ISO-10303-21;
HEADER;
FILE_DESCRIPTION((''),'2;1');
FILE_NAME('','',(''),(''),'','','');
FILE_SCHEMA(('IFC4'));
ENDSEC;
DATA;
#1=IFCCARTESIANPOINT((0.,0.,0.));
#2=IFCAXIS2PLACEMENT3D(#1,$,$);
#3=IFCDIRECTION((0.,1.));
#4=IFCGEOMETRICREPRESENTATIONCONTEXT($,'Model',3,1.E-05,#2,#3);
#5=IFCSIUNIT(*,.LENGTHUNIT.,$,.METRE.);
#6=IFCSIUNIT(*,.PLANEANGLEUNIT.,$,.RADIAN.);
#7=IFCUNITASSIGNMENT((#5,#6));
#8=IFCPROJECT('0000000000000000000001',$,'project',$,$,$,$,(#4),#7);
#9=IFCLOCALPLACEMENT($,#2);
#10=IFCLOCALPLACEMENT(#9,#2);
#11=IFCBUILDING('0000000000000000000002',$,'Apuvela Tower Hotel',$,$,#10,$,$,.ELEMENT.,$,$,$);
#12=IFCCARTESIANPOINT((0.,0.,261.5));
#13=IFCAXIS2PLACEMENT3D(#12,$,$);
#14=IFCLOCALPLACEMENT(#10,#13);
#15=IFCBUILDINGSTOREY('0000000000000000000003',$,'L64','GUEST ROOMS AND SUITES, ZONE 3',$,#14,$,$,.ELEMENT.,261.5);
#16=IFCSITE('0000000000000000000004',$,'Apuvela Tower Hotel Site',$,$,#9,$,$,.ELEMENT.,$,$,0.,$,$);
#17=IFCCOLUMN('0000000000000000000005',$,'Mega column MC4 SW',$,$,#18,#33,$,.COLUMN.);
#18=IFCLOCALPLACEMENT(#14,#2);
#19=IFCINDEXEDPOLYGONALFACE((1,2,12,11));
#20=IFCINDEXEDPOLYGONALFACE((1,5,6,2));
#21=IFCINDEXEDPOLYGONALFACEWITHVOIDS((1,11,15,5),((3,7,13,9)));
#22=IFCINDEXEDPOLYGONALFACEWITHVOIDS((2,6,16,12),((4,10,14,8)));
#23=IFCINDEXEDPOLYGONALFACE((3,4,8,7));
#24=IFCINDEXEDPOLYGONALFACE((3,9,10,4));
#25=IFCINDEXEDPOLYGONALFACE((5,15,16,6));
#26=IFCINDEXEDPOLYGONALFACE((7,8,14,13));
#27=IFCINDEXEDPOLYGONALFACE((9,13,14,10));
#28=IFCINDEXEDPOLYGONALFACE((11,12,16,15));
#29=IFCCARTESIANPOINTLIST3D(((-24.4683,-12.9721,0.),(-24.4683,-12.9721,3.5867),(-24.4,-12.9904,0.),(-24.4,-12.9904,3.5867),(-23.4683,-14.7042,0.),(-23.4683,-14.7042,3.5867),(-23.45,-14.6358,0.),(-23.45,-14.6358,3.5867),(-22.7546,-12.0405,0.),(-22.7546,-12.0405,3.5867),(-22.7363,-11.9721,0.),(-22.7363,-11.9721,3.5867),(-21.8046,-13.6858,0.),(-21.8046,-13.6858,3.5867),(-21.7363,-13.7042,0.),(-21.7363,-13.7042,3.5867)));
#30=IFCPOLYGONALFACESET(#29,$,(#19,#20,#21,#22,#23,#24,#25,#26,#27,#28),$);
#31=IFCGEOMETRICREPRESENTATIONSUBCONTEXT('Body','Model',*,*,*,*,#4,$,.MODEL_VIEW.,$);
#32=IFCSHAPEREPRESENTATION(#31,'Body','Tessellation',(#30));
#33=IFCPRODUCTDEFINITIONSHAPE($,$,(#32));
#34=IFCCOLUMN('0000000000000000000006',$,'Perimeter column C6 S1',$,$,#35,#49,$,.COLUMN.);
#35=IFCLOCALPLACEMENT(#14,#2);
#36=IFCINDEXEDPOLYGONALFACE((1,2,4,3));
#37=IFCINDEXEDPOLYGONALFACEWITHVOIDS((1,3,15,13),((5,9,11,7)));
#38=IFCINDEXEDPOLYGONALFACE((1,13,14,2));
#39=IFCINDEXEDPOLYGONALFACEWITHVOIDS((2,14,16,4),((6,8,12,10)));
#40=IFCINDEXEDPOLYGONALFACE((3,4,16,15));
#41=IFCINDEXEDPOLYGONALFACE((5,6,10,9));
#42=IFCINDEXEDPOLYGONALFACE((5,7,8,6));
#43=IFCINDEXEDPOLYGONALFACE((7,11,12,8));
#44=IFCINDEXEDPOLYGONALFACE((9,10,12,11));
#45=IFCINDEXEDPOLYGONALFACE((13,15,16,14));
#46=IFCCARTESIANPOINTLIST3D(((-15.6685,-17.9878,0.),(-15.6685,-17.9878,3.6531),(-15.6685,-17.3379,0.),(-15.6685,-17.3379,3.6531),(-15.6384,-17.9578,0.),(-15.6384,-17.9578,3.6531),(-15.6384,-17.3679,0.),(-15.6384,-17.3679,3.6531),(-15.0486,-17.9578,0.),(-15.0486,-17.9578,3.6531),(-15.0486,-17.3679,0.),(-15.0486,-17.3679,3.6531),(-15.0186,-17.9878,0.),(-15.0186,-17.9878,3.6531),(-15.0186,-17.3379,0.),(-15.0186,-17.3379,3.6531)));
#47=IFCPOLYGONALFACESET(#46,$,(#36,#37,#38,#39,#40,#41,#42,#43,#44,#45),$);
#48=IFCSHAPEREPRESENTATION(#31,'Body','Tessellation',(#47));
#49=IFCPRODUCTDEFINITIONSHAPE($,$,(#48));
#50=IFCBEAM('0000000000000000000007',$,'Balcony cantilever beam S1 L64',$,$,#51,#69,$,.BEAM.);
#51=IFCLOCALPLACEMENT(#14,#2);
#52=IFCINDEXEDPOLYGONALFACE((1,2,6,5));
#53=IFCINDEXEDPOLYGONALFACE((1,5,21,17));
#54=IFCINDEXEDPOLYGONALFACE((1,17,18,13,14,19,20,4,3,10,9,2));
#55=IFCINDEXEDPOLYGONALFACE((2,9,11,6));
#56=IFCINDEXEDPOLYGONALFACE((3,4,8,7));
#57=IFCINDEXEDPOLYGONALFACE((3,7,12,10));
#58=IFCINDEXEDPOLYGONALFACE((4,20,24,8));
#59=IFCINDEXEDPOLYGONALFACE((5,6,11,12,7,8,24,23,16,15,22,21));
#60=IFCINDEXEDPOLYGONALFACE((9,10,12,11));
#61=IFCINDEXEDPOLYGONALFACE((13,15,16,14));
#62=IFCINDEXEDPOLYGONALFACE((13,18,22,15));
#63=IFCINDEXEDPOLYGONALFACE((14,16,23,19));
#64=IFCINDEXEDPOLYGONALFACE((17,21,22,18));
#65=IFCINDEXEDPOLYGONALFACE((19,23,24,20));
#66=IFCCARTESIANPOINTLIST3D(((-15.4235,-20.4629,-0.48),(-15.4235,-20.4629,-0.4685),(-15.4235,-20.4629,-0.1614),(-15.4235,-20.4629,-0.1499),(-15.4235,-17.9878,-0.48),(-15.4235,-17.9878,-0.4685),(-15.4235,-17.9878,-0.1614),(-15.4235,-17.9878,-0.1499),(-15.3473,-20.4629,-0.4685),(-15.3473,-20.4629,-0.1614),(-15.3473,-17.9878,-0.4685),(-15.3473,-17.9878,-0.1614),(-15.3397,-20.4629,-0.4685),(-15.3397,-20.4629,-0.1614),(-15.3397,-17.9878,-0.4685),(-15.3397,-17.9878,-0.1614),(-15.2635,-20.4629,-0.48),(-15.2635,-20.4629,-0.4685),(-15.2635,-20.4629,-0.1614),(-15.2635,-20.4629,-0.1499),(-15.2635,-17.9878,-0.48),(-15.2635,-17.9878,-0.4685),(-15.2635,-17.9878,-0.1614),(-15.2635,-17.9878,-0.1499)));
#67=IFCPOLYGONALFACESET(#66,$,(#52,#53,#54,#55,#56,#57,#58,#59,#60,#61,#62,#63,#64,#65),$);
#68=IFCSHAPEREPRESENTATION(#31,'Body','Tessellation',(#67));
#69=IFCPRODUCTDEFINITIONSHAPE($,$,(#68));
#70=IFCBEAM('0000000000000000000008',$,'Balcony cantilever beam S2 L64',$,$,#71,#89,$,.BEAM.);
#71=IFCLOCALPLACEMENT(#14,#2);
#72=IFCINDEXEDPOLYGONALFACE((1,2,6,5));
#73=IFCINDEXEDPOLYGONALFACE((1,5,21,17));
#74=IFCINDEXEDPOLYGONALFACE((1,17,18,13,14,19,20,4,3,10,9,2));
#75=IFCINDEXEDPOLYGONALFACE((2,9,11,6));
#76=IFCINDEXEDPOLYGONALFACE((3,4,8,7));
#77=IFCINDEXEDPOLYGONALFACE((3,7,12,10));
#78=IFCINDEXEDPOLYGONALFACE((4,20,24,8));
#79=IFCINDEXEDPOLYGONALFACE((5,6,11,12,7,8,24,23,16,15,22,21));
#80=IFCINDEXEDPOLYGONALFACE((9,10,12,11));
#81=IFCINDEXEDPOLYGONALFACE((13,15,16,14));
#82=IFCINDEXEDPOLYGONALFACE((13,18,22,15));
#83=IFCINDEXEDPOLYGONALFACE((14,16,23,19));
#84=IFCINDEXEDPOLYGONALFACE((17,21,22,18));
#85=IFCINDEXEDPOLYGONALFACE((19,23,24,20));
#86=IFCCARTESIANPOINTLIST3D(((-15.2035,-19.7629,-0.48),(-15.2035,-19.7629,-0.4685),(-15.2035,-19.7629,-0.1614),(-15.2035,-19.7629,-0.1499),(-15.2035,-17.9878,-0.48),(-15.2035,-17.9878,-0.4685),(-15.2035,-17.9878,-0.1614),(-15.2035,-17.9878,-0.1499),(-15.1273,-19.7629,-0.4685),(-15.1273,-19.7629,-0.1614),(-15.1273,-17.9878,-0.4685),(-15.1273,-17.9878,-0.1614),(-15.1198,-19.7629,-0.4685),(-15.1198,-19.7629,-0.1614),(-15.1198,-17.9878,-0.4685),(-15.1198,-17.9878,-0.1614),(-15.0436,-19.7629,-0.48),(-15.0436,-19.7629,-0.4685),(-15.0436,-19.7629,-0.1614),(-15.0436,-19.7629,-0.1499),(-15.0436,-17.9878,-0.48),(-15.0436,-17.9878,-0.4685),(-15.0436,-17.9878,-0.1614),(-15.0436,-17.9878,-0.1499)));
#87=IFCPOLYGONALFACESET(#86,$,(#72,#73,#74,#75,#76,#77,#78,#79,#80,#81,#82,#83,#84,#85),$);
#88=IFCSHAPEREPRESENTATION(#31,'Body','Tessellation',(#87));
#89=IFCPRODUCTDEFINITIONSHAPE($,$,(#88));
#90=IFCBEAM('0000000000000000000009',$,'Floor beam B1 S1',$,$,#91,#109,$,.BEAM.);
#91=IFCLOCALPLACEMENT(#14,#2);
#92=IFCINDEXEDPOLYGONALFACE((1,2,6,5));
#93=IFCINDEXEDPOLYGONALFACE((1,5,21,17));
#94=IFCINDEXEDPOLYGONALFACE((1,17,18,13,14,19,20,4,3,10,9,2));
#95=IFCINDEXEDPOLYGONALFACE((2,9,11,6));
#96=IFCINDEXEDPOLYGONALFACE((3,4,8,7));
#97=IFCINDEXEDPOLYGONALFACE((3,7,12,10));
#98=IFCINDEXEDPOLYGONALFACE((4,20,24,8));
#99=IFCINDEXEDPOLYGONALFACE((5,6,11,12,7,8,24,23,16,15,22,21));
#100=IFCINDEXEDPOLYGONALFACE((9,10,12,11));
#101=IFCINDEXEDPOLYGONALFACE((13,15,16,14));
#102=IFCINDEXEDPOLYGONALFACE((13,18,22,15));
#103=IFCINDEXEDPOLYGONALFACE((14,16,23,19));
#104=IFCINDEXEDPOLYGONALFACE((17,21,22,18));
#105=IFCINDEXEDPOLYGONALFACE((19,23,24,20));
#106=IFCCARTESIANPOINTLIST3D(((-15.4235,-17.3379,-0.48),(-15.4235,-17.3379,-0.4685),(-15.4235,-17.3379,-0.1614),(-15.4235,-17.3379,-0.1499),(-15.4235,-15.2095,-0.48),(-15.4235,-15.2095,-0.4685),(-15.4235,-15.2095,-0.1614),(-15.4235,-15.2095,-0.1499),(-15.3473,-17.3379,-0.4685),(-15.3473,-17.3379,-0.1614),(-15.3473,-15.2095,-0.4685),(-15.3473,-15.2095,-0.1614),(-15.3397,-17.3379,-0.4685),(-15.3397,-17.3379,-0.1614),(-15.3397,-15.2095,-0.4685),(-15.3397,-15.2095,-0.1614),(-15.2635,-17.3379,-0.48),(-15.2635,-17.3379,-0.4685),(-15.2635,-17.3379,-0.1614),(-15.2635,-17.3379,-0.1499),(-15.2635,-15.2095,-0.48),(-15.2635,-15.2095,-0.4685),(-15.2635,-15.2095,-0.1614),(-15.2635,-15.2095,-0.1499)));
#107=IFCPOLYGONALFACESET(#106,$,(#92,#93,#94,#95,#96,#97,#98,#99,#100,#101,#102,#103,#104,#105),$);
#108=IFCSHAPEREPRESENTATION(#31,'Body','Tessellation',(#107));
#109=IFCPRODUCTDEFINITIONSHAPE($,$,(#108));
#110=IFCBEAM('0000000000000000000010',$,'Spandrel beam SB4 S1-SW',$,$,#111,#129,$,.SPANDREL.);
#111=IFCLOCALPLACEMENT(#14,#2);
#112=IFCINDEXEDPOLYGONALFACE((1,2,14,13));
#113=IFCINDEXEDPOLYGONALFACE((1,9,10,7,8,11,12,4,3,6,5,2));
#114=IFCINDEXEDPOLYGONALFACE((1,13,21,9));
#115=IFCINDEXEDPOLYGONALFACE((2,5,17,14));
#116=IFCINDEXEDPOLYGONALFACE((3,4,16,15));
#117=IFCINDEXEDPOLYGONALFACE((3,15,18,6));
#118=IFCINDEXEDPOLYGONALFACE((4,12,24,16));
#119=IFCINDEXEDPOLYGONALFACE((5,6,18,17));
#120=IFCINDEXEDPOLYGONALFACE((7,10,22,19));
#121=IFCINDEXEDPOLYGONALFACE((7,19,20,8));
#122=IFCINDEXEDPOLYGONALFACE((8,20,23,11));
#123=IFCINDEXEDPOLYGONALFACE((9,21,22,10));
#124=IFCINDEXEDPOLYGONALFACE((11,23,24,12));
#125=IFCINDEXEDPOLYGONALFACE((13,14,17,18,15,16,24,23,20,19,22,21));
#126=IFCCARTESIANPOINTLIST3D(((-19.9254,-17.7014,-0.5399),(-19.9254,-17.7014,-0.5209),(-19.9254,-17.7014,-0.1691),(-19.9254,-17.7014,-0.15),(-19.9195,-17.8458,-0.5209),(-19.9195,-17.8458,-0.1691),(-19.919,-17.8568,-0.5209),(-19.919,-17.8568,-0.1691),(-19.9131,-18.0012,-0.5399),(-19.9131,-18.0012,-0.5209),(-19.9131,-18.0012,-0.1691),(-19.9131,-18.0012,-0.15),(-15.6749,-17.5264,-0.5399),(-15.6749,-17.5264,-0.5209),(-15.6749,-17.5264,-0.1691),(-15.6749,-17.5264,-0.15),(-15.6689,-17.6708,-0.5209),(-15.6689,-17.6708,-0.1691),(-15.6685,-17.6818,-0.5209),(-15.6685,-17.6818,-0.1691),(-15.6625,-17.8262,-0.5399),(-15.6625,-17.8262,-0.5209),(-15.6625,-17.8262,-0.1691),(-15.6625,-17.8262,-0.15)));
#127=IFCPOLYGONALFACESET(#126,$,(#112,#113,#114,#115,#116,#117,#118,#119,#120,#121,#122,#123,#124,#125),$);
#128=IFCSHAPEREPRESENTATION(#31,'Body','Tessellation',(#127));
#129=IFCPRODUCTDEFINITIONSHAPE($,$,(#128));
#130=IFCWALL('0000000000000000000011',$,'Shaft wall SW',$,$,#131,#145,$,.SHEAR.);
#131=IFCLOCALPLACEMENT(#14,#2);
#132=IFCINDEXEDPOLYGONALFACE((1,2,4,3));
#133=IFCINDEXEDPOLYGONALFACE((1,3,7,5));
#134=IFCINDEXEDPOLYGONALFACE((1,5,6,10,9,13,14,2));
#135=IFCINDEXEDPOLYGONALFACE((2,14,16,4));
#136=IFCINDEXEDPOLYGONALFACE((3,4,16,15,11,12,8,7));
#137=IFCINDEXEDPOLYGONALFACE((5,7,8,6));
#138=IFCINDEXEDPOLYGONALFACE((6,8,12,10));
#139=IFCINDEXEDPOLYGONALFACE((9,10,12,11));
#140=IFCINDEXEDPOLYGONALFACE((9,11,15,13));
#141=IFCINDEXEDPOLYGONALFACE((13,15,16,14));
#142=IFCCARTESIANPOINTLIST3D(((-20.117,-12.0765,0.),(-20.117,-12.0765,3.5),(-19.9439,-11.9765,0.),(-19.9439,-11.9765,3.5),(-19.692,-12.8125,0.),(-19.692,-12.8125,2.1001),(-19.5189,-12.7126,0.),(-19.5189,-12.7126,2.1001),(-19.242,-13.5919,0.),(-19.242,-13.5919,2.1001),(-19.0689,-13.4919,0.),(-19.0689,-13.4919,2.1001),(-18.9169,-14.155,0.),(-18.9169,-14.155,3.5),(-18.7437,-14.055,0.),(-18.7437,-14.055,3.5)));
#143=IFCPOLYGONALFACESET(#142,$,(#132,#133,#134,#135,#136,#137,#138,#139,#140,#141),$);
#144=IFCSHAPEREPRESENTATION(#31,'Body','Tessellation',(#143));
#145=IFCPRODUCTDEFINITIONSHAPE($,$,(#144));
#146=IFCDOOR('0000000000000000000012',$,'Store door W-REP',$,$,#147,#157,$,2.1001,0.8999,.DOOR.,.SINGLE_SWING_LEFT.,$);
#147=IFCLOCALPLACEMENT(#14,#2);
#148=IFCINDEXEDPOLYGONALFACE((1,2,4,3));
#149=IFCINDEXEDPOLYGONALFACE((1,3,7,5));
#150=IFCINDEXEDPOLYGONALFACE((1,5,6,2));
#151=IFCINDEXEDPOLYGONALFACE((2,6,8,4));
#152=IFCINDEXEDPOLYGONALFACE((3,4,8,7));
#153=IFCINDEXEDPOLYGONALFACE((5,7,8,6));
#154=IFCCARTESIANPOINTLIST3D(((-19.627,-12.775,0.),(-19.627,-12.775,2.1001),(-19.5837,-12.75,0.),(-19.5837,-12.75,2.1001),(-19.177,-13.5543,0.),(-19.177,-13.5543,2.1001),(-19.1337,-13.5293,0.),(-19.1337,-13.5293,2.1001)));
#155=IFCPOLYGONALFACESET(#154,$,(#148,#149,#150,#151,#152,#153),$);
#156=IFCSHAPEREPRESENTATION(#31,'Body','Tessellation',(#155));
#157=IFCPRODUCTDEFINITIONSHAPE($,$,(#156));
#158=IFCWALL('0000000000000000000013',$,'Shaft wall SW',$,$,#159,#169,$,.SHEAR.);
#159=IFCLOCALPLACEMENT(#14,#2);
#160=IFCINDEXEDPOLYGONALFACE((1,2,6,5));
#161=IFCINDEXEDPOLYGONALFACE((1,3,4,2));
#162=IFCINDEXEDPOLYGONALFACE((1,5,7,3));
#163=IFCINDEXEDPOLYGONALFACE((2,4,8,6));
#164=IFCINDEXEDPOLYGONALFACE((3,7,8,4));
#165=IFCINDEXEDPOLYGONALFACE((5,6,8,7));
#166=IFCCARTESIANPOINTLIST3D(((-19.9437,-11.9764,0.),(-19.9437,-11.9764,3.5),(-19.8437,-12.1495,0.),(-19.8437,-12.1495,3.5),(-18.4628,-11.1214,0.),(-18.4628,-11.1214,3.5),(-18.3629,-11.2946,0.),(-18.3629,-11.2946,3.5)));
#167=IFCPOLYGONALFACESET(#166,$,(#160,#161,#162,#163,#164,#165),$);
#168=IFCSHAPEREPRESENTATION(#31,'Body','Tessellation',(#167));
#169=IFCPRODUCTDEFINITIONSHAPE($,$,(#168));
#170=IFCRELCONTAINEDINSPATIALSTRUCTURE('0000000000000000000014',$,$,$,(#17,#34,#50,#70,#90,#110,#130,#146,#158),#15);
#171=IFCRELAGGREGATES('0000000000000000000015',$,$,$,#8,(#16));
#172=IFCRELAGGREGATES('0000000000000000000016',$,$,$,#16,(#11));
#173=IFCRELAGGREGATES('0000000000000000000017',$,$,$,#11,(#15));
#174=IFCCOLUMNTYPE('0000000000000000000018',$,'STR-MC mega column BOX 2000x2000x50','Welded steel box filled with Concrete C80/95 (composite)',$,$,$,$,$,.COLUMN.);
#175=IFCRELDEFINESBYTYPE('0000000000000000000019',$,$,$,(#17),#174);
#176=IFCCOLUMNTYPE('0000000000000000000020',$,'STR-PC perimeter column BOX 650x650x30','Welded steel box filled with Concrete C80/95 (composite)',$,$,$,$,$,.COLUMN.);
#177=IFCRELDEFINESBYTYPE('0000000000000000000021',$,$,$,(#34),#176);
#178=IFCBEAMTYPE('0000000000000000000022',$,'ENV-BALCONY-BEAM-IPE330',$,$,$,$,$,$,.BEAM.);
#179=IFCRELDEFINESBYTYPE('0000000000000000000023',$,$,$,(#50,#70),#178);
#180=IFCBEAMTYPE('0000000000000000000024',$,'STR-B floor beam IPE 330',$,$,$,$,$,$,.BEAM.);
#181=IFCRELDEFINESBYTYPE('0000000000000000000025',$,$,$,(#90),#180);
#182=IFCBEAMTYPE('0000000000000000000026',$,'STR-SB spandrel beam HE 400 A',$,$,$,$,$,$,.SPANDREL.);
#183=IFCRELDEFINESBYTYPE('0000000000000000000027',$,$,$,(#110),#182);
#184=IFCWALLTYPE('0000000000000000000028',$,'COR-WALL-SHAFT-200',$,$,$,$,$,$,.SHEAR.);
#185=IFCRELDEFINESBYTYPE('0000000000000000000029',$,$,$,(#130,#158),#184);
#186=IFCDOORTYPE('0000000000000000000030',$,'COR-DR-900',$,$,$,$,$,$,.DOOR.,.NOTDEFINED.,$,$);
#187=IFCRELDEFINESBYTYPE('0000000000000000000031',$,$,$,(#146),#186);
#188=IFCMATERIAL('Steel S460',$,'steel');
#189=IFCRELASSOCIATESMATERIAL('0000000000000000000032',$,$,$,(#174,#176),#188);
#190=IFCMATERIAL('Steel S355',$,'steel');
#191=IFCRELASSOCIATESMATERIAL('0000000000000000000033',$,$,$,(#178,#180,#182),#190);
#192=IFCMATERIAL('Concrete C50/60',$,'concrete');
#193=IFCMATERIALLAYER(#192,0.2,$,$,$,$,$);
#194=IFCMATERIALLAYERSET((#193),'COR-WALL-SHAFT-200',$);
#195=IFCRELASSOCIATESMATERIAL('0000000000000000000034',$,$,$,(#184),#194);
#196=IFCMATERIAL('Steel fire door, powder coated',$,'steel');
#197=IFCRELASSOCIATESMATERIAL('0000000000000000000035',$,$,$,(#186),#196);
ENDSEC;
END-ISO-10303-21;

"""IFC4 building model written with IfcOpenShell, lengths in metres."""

from ifc_helpers import new_model, si_unit, direction, frame, frame_2d, origin, origin_2d, place, context, subcontext, project, spatial, rectangle, hollow_rectangle, i_section, extrude, boolean, halfspace, material, layer, layer_set, material_profile, profile_set, type_object, element, fill, save


model = new_model("IFC4")

# Units and contexts
model_context = context("Model", 3, precision=1e-05, world=origin(), true_north=direction((0.0, 1.0)))
body_context = subcontext(model_context, "Body", "Model", "MODEL_VIEW")
ifc_project = project(units=[si_unit("LENGTHUNIT", "METRE"), si_unit("PLANEANGLEUNIT", "RADIAN")], contexts=[model_context])

# Site, building, storey
site_placement = place(None, origin())
site = spatial("IfcSite", under=ifc_project, at=site_placement, Name="Apuvela Tower Hotel Site", CompositionType="ELEMENT", RefElevation=0.0)
building_placement = place(site_placement, origin())
building = spatial("IfcBuilding", under=site, at=building_placement, Name="Apuvela Tower Hotel", CompositionType="ELEMENT")
storey_placement = place(building_placement, frame((0.0, 0.0, 261.5)))
storey = spatial("IfcBuildingStorey", under=building, at=storey_placement, Name="L64", Description="GUEST ROOMS AND SUITES, ZONE 3", CompositionType="ELEMENT", Elevation=261.5)

# Columns
ifc_material_1 = material(Name="Steel S460", Category="steel")
ifc_material_profile_1 = material_profile(ifc_material_1, hollow_rectangle(XDim=2.0, YDim=2.0, WallThickness=0.05, at=origin_2d()), Name="BOX 2000x2000x50")
ifc_material_2 = material(Name="Concrete C80/95", Category="concrete")
ifc_material_profile_2 = material_profile(ifc_material_2, rectangle(XDim=1.8999, YDim=1.8999, at=origin_2d()), Name="Concrete C80/95 infill")
ifc_profile_set_1 = profile_set([ifc_material_profile_1, ifc_material_profile_2], Name="Steel S460")
column_type_1 = type_object("IfcColumnType", Name="STR-MC mega column BOX 2000x2000x50", Description="Welded steel box filled with Concrete C80/95 (composite)", PredefinedType="COLUMN", material=ifc_profile_set_1)
column_1_placement = place(storey_placement, frame((-23.1023, -13.3381, 0.0), z_axis=(0.0, 0.0, 1.0), x_axis=(-0.5, 0.866025, 0.0)))
element("IfcColumn", 1, at=column_1_placement, inside=storey, type_object=column_type_1, Name="Mega column MC4 SW", PredefinedType="COLUMN", context=body_context, shape_type="SweptSolid", body=[
    boolean("DIFFERENCE", extrude(hollow_rectangle(XDim=2.0, YDim=2.0, WallThickness=0.05, at=origin_2d()), origin(), (0.0, 0.0, 1.0), 3.7), halfspace(frame((0.0, 0.0, 3.5867), z_axis=(0.0, 0.0, 1.0), x_axis=(1.0, 0.0, 0.0)), False)),
])
ifc_material_profile_3 = material_profile(ifc_material_1, hollow_rectangle(XDim=0.6499, YDim=0.6499, WallThickness=0.03, at=origin_2d()), Name="BOX 650x650x30")
ifc_material_profile_4 = material_profile(ifc_material_2, rectangle(XDim=0.5901, YDim=0.5901, at=origin_2d()), Name="Concrete C80/95 infill")
ifc_profile_set_2 = profile_set([ifc_material_profile_3, ifc_material_profile_4], Name="Steel S460")
column_type_2 = type_object("IfcColumnType", Name="STR-PC perimeter column BOX 650x650x30", Description="Welded steel box filled with Concrete C80/95 (composite)", PredefinedType="COLUMN", material=ifc_profile_set_2)
column_2_placement = place(storey_placement, frame((-15.3435, -17.6628, 0.0), z_axis=(0.0, 0.0, 1.0), x_axis=(-1.0, 0.0, 0.0)))
element("IfcColumn", 2, at=column_2_placement, inside=storey, type_object=column_type_2, Name="Perimeter column C6 S1", PredefinedType="COLUMN", context=body_context, shape_type="SweptSolid", body=[
    boolean("DIFFERENCE", extrude(hollow_rectangle(XDim=0.6499, YDim=0.6499, WallThickness=0.03, at=origin_2d()), origin(), (0.0, 0.0, 1.0), 3.7), halfspace(frame((0.0, 0.0, 3.6531), z_axis=(0.0, 0.0, 1.0), x_axis=(1.0, 0.0, 0.0)), False)),
])

# Beams
ifc_material_3 = material(Name="Steel S355", Category="steel")
ifc_material_profile_5 = material_profile(ifc_material_3, i_section(OverallWidth=0.1599, OverallDepth=0.3301, WebThickness=0.0076, FlangeThickness=0.0115, at=origin_2d()), Name="IPE 330")
ifc_profile_set_3 = profile_set([ifc_material_profile_5], Name="Steel S355")
beam_type_1 = type_object("IfcBeamType", Name="ENV-BALCONY-BEAM-IPE330", PredefinedType="BEAM", material=ifc_profile_set_3)
beam_1_placement = place(storey_placement, frame((-15.3435, -17.9878, -0.3149), z_axis=(0.0, -1.0, 0.0), x_axis=(1.0, 0.0, 0.0)))
element("IfcBeam", 3, at=beam_1_placement, inside=storey, type_object=beam_type_1, Name="Balcony cantilever beam S1 L64", PredefinedType="BEAM", context=body_context, shape_type="SweptSolid", body=[
    extrude(i_section(OverallWidth=0.1599, OverallDepth=0.3301, WebThickness=0.0076, FlangeThickness=0.0115, at=origin_2d()), origin(), (0.0, 0.0, 1.0), 2.4751),
])
beam_2_placement = place(storey_placement, frame((-15.1235, -17.9878, -0.3149), z_axis=(0.0, -1.0, 0.0), x_axis=(1.0, 0.0, 0.0)))
element("IfcBeam", 4, at=beam_2_placement, inside=storey, type_object=beam_type_1, Name="Balcony cantilever beam S2 L64", PredefinedType="BEAM", context=body_context, shape_type="SweptSolid", body=[
    extrude(i_section(OverallWidth=0.1599, OverallDepth=0.3301, WebThickness=0.0076, FlangeThickness=0.0115, at=origin_2d()), origin(), (0.0, 0.0, 1.0), 1.7751),
])
ifc_material_profile_6 = material_profile(ifc_material_3, i_section(OverallWidth=0.1599, OverallDepth=0.3301, WebThickness=0.0076, FlangeThickness=0.0115, at=origin_2d()), Name="IPE 330")
ifc_profile_set_4 = profile_set([ifc_material_profile_6], Name="Steel S355")
beam_type_2 = type_object("IfcBeamType", Name="STR-B floor beam IPE 330", PredefinedType="BEAM", material=ifc_profile_set_4)
beam_3_placement = place(storey_placement, frame((-15.3435, -17.3379, -0.3149), z_axis=(0.0, 1.0, 0.0), x_axis=(-1.0, 0.0, 0.0)))
element("IfcBeam", 5, at=beam_3_placement, inside=storey, type_object=beam_type_2, Name="Floor beam B1 S1", PredefinedType="BEAM", context=body_context, shape_type="SweptSolid", body=[
    extrude(i_section(OverallWidth=0.1599, OverallDepth=0.3301, WebThickness=0.0076, FlangeThickness=0.0115, at=origin_2d()), origin(), (0.0, 0.0, 1.0), 2.1284),
])
ifc_material_profile_7 = material_profile(ifc_material_3, i_section(OverallWidth=0.3, OverallDepth=0.3899, WebThickness=0.011, FlangeThickness=0.019, at=origin_2d()), Name="HE 400 A")
ifc_profile_set_5 = profile_set([ifc_material_profile_7], Name="Steel S355")
beam_type_3 = type_object("IfcBeamType", Name="STR-SB spandrel beam HE 400 A", PredefinedType="SPANDREL", material=ifc_profile_set_5)
beam_4_placement = place(storey_placement, frame((-15.6687, -17.6763, -0.345), z_axis=(-0.999153, -0.041148, 0.0), x_axis=(0.041148, -0.999153, 0.0)))
element("IfcBeam", 6, at=beam_4_placement, inside=storey, type_object=beam_type_3, Name="Spandrel beam SB4 S1-SW", PredefinedType="SPANDREL", context=body_context, shape_type="SweptSolid", body=[
    extrude(i_section(OverallWidth=0.3, OverallDepth=0.3899, WebThickness=0.011, FlangeThickness=0.019, at=origin_2d()), origin(), (0.0, 0.0, 1.0), 4.2542),
])

# Wall, opening, door
ifc_material_4 = material(Name="Concrete C50/60", Category="concrete")
ifc_layer_1 = layer(ifc_material_4, 0.2)
ifc_layer_set_1 = layer_set([ifc_layer_1], Name="COR-WALL-SHAFT-200")
wall_type_1 = type_object("IfcWallType", Name="COR-WALL-SHAFT-200", PredefinedType="SHEAR", material=ifc_layer_set_1)
wall_1_placement = place(storey_placement, frame((-20.0305, -12.0264, 0.0), z_axis=(0.0, 0.0, 1.0), x_axis=(0.500034, -0.866006, 0.0)))
wall_1 = element("IfcWall", 7, at=wall_1_placement, inside=storey, type_object=wall_type_1, Name="Shaft wall SW", PredefinedType="SHEAR", context=body_context, shape_type="SweptSolid", body=[
    extrude(rectangle(XDim=2.4001, YDim=0.2, at=frame_2d((1.2002, 0.0))), origin(), (0.0, 0.0, 1.0), 3.5),
])
opening_1_placement = place(wall_1_placement, frame((0.8501, 0.0, 0.0)))
opening_1 = element("IfcOpeningElement", 8, at=opening_1_placement, cuts=wall_1, PredefinedType="OPENING", context=body_context, shape_type="SweptSolid", body=[
    extrude(rectangle(XDim=0.8999, YDim=2.1001, at=frame_2d((0.45, 1.05))), frame((0.0, 0.1099, 0.0), z_axis=(0.0, -1.0, 0.0), x_axis=(1.0, 0.0, 0.0)), (0.0, 0.0, 1.0), 0.22),
])
ifc_material_5 = material(Name="Steel fire door, powder coated", Category="steel")
door_type_1 = type_object("IfcDoorType", Name="COR-DR-900", OperationType="NOTDEFINED", PredefinedType="DOOR", material=ifc_material_5)
door_1_placement = place(opening_1_placement, frame((0.8999, 0.0, 0.0), z_axis=(0.0, 0.0, 1.0), x_axis=(-1.0, 0.0, 0.0)))
door_1 = element("IfcDoor", 9, at=door_1_placement, inside=storey, type_object=door_type_1, Name="Store door W-REP", OperationType="SINGLE_SWING_LEFT", OverallHeight=2.1001, OverallWidth=0.8999, PredefinedType="DOOR", context=body_context, shape_type="SweptSolid", body=[
    extrude(rectangle(XDim=0.8999, YDim=2.1001, at=frame_2d((0.45, 1.05))), frame((0.0, 0.0249, 0.0), z_axis=(0.0, -1.0, 0.0), x_axis=(1.0, 0.0, 0.0)), (0.0, 0.0, 1.0), 0.05),
])
fill(opening_1, door_1)

# Wall
wall_2_placement = place(storey_placement, frame((-18.4128, -11.208, 0.0), z_axis=(0.0, 0.0, 1.0), x_axis=(-0.866038, -0.499978, 0.0)))
element("IfcWall", 10, at=wall_2_placement, inside=storey, type_object=wall_type_1, Name="Shaft wall SW", PredefinedType="SHEAR", context=body_context, shape_type="SweptSolid", body=[
    extrude(rectangle(XDim=1.71, YDim=0.2, at=frame_2d((0.855, 0.0))), origin(), (0.0, 0.0, 1.0), 3.5),
])

save(model, "model.ifc")
